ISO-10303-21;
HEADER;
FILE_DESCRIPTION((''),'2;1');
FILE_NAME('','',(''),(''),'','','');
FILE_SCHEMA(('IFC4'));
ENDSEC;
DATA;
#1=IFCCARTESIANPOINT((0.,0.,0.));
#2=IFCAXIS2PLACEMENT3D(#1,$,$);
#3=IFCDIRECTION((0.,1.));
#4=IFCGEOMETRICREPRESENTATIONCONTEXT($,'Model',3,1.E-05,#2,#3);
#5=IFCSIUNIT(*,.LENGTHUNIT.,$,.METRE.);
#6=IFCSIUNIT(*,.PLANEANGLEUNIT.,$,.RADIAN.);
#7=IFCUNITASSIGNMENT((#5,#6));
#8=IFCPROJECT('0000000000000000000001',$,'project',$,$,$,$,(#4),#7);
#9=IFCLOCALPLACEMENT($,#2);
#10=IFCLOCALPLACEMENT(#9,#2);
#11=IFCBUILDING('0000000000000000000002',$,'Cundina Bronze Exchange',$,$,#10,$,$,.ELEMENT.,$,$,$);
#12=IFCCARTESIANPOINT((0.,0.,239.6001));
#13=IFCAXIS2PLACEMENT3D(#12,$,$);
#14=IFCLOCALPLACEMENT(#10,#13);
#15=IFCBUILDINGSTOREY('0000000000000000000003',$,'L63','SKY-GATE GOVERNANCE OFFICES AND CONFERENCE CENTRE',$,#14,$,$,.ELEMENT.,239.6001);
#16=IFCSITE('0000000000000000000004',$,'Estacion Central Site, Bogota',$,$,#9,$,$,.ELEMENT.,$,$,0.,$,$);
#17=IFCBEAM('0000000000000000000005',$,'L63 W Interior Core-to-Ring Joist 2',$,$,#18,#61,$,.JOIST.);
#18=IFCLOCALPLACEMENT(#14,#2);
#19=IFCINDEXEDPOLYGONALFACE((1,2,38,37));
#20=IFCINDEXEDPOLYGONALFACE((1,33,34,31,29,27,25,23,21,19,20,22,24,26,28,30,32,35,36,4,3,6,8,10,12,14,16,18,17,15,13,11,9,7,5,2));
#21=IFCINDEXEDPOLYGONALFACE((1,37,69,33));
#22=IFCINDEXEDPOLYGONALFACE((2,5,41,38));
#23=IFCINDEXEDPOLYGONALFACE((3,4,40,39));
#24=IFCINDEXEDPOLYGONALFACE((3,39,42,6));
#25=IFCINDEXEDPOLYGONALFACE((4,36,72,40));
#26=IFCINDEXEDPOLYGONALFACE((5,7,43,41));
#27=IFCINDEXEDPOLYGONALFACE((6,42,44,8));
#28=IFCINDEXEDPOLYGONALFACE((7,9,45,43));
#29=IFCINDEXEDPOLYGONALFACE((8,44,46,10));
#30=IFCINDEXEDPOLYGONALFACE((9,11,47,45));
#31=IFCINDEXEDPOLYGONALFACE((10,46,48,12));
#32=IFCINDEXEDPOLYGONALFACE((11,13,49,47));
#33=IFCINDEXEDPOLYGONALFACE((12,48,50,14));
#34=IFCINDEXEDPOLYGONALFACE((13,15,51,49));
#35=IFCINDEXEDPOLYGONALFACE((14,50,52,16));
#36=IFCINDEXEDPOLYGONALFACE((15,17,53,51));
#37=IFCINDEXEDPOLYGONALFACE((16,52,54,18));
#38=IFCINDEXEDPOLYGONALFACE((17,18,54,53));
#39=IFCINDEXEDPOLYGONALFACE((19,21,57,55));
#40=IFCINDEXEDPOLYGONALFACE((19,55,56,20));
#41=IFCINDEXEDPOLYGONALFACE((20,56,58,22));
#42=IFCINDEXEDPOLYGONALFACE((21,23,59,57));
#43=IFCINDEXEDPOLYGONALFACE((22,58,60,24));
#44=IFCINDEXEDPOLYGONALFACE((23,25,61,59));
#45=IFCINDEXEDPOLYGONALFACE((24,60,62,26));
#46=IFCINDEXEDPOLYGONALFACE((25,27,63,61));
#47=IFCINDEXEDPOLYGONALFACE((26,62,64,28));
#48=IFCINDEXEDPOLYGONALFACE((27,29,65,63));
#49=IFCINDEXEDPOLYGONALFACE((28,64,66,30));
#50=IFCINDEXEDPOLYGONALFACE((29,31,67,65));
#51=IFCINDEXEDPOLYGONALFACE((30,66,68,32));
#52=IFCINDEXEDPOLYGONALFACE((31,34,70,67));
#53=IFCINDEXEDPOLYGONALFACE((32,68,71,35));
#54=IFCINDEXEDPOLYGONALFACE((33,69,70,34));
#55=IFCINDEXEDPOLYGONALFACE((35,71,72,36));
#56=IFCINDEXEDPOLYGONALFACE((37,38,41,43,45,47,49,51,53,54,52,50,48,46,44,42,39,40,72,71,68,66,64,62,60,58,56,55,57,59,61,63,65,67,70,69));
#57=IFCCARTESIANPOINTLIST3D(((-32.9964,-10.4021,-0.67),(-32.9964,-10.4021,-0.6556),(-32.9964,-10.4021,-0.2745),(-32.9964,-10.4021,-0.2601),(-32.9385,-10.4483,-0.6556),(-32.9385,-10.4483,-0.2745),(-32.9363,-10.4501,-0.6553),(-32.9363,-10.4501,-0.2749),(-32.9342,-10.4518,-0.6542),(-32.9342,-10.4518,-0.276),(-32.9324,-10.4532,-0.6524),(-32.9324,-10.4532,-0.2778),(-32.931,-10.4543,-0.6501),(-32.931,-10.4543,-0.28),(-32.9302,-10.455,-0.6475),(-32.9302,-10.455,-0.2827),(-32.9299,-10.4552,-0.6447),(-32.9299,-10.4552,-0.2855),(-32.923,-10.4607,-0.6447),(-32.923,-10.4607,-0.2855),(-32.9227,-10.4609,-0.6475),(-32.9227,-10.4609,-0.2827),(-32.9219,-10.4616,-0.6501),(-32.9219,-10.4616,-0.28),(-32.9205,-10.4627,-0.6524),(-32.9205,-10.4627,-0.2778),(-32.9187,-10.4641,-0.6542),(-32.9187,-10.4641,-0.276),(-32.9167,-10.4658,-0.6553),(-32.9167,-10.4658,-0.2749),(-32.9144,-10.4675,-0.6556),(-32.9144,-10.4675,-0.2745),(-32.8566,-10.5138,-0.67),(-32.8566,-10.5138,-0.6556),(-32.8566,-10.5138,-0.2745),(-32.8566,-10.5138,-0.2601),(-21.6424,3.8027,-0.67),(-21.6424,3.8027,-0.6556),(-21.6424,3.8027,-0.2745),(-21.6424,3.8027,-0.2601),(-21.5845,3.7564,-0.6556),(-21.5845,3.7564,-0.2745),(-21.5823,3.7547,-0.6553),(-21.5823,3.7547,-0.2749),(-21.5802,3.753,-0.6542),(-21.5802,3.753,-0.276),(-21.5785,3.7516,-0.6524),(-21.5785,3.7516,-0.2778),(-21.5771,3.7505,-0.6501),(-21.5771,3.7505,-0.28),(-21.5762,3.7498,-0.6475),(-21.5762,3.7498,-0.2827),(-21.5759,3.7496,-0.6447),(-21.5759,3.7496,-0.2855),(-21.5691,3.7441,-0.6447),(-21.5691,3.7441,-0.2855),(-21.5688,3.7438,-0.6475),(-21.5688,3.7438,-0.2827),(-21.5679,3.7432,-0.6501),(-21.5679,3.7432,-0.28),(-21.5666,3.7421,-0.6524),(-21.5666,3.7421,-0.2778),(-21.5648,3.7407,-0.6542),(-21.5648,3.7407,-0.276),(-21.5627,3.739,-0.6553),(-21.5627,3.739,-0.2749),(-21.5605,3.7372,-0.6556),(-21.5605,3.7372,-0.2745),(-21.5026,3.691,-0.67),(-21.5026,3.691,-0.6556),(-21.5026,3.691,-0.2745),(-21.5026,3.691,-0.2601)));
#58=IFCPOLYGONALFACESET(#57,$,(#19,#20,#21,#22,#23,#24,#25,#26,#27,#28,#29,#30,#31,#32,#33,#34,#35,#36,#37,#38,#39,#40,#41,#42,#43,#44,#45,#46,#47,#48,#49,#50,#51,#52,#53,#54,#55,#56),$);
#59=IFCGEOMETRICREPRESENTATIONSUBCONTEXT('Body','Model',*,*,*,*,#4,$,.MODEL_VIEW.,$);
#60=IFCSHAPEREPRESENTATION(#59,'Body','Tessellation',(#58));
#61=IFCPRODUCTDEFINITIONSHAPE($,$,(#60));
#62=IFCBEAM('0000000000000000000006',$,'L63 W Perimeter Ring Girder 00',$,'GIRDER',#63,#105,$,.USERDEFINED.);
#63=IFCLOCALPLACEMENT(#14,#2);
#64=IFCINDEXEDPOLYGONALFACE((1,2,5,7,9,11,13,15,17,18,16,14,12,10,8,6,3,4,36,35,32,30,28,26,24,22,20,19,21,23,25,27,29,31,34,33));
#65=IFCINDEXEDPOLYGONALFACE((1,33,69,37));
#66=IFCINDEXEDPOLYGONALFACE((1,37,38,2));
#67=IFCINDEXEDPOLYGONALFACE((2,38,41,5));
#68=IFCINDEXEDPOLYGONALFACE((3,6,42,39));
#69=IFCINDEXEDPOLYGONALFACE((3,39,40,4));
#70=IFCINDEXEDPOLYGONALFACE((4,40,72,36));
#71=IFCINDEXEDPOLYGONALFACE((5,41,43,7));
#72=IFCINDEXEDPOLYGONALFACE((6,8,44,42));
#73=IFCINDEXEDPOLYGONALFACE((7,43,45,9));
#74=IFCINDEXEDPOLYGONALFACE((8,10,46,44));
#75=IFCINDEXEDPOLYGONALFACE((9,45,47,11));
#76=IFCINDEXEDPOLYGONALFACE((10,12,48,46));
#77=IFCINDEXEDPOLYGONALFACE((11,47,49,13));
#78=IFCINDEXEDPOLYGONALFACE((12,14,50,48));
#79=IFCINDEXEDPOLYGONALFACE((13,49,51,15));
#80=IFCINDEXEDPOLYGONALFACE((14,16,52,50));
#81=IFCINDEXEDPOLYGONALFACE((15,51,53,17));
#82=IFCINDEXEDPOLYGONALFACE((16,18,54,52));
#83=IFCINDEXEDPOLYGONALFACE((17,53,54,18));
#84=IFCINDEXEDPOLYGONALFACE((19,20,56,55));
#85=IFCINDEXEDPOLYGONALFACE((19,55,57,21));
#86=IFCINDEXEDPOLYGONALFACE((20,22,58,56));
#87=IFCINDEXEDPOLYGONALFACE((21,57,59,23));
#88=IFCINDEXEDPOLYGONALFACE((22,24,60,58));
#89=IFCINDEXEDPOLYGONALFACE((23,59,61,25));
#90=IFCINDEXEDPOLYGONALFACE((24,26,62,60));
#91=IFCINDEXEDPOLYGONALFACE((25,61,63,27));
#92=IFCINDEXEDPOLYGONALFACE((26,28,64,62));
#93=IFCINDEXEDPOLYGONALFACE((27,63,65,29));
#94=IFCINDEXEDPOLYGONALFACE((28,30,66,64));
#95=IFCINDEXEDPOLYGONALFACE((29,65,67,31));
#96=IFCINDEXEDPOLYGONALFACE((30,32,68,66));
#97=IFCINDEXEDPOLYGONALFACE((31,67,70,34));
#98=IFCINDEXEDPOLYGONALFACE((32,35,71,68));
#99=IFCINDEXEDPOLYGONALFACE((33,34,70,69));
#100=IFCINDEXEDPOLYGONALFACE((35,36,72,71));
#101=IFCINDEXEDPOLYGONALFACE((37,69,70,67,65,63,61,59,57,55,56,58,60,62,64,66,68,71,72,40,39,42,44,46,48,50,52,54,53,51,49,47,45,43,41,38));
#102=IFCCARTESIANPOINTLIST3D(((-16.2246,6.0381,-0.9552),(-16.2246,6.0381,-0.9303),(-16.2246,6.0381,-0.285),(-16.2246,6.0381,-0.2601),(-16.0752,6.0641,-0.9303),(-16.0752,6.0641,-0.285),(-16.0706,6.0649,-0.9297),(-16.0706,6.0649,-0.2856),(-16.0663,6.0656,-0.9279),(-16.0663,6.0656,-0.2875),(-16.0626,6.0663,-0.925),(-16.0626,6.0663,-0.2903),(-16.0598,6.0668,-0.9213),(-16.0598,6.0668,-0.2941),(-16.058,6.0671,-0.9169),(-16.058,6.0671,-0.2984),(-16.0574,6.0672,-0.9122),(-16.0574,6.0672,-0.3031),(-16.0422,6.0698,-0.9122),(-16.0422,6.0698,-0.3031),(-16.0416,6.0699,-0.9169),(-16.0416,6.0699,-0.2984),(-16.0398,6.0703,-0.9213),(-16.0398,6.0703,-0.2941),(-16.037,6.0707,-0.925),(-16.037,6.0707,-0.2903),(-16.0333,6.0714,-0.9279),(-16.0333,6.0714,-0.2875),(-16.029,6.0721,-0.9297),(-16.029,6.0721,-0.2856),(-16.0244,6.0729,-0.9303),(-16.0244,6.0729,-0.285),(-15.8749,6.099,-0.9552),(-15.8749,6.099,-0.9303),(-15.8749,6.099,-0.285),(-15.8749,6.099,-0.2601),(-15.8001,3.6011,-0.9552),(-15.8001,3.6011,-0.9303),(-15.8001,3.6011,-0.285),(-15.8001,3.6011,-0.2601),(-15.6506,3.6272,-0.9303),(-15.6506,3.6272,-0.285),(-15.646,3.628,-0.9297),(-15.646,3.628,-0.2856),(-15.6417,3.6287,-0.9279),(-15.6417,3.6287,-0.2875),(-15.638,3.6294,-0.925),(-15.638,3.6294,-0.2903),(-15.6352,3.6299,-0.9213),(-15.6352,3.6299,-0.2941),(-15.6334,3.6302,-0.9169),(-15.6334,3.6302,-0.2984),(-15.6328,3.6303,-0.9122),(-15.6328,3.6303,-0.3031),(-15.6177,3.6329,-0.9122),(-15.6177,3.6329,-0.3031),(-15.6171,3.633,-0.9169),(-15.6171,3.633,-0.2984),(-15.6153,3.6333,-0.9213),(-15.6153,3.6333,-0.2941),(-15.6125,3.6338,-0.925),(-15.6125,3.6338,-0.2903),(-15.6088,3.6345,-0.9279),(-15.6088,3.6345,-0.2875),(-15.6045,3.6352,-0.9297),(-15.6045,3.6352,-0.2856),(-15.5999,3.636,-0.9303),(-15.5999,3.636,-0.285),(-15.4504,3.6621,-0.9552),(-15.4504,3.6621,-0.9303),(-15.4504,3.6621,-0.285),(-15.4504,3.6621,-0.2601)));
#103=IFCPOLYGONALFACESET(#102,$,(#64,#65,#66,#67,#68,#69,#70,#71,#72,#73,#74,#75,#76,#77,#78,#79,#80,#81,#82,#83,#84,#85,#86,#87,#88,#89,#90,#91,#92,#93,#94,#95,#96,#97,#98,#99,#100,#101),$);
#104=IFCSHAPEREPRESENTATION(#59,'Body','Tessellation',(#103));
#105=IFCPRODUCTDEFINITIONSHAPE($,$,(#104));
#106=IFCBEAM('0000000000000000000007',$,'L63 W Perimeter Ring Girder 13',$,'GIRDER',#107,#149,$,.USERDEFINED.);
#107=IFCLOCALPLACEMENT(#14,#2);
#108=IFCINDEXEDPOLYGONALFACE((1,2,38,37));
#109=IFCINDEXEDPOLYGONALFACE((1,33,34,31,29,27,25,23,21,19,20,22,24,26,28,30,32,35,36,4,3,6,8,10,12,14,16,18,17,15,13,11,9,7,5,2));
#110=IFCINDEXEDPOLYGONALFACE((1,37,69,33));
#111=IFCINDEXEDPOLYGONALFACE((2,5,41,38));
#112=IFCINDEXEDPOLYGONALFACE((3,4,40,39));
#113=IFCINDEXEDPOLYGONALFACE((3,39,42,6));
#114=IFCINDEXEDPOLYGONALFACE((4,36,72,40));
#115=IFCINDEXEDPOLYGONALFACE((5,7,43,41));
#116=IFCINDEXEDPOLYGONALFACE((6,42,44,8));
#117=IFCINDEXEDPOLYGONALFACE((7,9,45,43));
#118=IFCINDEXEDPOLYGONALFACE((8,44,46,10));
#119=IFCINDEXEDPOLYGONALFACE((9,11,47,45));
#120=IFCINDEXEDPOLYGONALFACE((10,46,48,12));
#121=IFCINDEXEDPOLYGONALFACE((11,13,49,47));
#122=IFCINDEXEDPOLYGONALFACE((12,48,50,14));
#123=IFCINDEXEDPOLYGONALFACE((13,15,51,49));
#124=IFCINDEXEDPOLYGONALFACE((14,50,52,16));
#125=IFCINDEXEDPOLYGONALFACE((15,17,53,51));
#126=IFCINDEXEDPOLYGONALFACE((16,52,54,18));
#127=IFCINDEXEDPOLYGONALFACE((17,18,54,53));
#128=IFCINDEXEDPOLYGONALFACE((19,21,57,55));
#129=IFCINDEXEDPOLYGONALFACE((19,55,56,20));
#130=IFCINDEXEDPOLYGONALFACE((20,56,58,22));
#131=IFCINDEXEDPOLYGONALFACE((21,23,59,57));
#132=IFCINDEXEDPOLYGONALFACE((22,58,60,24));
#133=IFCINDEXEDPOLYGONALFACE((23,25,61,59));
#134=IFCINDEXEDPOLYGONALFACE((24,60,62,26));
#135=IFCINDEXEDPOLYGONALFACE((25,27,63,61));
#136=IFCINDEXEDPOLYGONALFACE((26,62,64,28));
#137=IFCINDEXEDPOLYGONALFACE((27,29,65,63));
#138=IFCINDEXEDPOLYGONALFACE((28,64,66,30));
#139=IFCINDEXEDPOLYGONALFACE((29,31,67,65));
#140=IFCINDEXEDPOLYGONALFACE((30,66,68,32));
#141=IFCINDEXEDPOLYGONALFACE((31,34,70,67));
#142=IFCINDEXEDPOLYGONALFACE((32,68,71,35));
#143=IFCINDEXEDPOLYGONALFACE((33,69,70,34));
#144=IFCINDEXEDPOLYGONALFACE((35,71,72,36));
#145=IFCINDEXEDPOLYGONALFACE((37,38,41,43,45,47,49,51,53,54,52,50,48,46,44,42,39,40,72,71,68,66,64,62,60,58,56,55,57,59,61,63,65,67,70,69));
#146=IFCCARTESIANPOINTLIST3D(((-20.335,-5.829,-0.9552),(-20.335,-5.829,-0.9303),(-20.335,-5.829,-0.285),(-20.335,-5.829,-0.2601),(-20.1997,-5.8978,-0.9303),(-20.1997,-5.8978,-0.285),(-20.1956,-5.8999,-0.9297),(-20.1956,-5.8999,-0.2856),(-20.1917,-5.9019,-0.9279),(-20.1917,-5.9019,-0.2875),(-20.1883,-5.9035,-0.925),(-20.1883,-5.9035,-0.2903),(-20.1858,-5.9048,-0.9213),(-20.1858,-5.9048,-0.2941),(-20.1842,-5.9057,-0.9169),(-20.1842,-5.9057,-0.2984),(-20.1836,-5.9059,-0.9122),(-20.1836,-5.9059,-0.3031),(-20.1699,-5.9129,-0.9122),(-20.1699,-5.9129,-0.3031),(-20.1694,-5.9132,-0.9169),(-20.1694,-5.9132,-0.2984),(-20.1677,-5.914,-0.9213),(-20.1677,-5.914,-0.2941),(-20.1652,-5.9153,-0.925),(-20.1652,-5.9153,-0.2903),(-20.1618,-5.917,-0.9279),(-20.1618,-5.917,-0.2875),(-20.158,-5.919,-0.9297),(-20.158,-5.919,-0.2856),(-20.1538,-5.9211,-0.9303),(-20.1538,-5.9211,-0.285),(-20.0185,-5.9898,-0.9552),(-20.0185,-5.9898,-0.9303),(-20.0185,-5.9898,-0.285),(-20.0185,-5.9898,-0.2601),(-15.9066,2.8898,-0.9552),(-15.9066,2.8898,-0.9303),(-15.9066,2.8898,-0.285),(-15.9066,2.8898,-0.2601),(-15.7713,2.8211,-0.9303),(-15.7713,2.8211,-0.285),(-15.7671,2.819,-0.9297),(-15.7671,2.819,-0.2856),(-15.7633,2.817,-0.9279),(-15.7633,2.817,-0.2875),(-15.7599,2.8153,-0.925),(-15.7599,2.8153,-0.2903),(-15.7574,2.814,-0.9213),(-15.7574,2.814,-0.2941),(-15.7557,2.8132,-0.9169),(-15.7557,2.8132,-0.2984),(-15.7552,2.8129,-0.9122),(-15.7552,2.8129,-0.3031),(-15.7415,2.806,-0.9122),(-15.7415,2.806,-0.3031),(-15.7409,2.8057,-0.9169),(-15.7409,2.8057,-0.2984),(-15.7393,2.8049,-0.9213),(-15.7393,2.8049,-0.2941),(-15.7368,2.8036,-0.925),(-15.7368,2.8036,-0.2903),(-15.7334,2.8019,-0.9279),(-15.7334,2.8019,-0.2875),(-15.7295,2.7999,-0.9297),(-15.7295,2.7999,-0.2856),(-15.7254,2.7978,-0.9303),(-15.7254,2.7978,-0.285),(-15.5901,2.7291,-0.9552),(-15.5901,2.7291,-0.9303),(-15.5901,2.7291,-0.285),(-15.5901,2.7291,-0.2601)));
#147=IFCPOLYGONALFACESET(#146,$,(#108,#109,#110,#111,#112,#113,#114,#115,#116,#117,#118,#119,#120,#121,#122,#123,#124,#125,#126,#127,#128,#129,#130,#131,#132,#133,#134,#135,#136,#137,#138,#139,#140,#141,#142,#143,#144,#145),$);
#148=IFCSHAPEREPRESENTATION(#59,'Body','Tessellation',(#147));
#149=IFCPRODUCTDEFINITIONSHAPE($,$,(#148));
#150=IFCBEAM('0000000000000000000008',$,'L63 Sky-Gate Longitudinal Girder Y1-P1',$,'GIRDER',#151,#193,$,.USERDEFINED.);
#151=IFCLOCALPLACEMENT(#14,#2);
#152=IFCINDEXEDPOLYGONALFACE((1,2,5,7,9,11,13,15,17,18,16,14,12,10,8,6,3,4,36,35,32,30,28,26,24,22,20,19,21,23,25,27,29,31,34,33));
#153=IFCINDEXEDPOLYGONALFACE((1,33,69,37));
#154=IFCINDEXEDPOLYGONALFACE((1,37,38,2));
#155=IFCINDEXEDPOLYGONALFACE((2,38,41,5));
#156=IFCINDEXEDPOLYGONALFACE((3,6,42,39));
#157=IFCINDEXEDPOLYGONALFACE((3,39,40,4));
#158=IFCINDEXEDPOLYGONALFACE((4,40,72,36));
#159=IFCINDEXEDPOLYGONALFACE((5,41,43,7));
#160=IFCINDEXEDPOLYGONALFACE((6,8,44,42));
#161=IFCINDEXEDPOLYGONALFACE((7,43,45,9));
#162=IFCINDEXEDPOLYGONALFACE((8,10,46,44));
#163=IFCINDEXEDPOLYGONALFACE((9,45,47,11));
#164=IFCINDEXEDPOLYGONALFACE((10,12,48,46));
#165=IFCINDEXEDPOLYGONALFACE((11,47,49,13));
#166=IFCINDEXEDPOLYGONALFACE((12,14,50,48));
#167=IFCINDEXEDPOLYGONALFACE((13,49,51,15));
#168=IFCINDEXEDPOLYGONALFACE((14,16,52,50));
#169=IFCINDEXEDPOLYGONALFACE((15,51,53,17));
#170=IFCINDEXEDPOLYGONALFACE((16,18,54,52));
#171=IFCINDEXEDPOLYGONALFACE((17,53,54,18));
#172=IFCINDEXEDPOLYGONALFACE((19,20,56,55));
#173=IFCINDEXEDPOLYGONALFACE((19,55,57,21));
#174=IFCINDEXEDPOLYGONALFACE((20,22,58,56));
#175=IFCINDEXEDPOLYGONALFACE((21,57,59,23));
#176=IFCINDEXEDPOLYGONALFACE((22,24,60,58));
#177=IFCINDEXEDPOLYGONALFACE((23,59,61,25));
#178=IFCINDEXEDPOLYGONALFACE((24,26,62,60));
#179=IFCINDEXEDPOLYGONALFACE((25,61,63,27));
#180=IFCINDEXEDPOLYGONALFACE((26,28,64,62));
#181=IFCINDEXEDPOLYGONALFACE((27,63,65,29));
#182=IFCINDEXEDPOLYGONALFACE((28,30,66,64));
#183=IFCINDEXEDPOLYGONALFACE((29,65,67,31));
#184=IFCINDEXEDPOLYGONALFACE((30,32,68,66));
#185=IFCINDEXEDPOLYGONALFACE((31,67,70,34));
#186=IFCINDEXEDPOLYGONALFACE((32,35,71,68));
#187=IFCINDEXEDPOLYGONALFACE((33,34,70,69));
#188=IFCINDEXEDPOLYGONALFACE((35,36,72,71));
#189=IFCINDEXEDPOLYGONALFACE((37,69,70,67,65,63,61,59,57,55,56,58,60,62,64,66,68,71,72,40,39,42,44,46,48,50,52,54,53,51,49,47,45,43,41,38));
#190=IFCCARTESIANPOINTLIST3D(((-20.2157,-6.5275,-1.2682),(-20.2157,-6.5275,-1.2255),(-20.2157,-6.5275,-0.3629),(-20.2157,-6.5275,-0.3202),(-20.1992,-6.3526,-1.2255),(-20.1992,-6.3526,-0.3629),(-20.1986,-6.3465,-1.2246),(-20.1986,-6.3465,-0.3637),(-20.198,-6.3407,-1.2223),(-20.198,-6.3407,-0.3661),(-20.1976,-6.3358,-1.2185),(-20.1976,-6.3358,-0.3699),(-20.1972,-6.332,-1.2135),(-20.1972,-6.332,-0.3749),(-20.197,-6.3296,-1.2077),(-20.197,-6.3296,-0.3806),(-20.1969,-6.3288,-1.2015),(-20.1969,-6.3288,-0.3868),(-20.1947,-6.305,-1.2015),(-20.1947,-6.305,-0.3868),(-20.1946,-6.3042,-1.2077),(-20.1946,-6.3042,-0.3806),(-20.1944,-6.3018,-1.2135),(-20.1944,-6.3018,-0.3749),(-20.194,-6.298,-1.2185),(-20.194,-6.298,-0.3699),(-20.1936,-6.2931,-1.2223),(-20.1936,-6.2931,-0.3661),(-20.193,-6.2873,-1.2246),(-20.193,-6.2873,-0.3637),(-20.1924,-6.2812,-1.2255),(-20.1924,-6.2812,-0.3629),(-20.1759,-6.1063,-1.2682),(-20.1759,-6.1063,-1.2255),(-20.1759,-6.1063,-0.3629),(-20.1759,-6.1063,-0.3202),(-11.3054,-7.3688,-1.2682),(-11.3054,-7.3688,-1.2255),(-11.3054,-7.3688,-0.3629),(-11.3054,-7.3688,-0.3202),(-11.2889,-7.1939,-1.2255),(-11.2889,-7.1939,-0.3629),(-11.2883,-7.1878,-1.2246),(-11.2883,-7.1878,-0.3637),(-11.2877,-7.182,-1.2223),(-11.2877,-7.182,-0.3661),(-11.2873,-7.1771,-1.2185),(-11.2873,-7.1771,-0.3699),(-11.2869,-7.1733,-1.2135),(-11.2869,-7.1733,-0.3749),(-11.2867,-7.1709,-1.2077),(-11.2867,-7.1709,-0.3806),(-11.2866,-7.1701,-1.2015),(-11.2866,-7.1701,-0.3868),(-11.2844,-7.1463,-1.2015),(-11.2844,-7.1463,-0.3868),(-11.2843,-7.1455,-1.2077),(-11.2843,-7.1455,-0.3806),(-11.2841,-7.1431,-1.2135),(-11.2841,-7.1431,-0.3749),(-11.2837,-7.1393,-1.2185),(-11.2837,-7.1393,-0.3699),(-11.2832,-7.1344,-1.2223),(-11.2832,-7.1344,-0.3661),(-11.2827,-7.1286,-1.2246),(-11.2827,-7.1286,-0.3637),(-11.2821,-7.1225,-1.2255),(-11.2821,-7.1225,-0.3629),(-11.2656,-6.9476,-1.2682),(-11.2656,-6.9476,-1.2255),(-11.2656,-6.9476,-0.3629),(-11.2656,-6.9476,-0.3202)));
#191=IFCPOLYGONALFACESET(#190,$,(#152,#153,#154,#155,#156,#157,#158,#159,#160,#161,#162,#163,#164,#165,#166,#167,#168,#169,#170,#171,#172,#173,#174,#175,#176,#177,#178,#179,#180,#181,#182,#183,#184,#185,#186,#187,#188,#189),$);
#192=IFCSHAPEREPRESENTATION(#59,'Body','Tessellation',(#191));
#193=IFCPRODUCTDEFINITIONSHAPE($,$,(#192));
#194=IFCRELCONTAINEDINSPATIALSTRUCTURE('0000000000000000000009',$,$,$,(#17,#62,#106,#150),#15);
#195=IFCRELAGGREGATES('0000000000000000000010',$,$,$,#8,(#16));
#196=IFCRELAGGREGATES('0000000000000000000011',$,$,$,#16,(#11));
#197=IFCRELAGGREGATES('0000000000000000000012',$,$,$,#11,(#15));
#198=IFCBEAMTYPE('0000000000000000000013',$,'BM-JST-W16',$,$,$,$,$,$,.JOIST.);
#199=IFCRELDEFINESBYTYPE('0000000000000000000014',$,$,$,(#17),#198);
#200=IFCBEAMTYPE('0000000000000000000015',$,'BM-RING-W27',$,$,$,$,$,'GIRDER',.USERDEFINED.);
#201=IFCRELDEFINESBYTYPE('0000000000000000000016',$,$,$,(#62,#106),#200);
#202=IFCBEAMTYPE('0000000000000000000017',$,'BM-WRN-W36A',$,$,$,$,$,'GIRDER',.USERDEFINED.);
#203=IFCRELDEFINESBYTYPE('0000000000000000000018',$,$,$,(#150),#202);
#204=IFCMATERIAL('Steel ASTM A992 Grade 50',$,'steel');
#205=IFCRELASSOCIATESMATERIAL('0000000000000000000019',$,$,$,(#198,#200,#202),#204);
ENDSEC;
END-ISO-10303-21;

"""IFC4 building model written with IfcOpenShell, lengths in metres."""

from ifc_helpers import new_model, si_unit, direction, frame, origin, origin_2d, place, context, subcontext, project, spatial, i_section, extrude, material, material_profile, profile_set, type_object, element, save


model = new_model("IFC4")

# Units and contexts
model_context = context("Model", 3, precision=1e-05, world=origin(), true_north=direction((0.0, 1.0)))
body_context = subcontext(model_context, "Body", "Model", "MODEL_VIEW")
ifc_project = project(units=[si_unit("LENGTHUNIT", "METRE"), si_unit("PLANEANGLEUNIT", "RADIAN")], contexts=[model_context])

# Site, building, storey
site_placement = place(None, origin())
site = spatial("IfcSite", under=ifc_project, at=site_placement, Name="Estacion Central Site, Bogota", CompositionType="ELEMENT", RefElevation=0.0)
building_placement = place(site_placement, origin())
building = spatial("IfcBuilding", under=site, at=building_placement, Name="Cundina Bronze Exchange", CompositionType="ELEMENT")
storey_placement = place(building_placement, frame((0.0, 0.0, 239.6001)))
storey = spatial("IfcBuildingStorey", under=building, at=storey_placement, Name="L63", Description="SKY-GATE GOVERNANCE OFFICES AND CONFERENCE CENTRE", CompositionType="ELEMENT", Elevation=239.6001)

# Shared definitions
ifc_material_1 = material(Name="Steel ASTM A992 Grade 50", Category="steel")

# Beams
ifc_material_profile_1 = material_profile(ifc_material_1, i_section(OverallWidth=0.179, OverallDepth=0.4099, WebThickness=0.0088, FlangeThickness=0.0144, FilletRadius=0.011, at=origin_2d()), Name="W16X45", Category="steel")
ifc_profile_set_1 = profile_set([ifc_material_profile_1], Name="Steel ASTM A992 Grade 50")
beam_type_1 = type_object("IfcBeamType", Name="BM-JST-W16", PredefinedType="JOIST", material=ifc_profile_set_1)
beam_1_placement = place(storey_placement, frame((-21.5725, 3.7468, -0.4651), z_axis=(-0.624364, -0.781133, 0.0), x_axis=(0.781133, -0.624364, 0.0)))
element("IfcBeam", 1, at=beam_1_placement, inside=storey, type_object=beam_type_1, Name="L63 W Interior Core-to-Ring Joist 2", PredefinedType="JOIST", context=body_context, shape_type="SweptSolid", body=[
    extrude(i_section(OverallWidth=0.179, OverallDepth=0.4099, WebThickness=0.0088, FlangeThickness=0.0144, FilletRadius=0.011, at=origin_2d()), origin(), (0.0, 0.0, 1.0), 18.1848),
])
ifc_material_profile_2 = material_profile(ifc_material_1, i_section(OverallWidth=0.355, OverallDepth=0.6951, WebThickness=0.0154, FlangeThickness=0.0249, FilletRadius=0.0181, at=origin_2d()), Name="W27X146", Category="steel")
ifc_profile_set_2 = profile_set([ifc_material_profile_2], Name="Steel ASTM A992 Grade 50")
beam_type_2 = type_object("IfcBeamType", Name="BM-RING-W27", ElementType="GIRDER", PredefinedType="USERDEFINED", material=ifc_profile_set_2)
beam_2_placement = place(storey_placement, frame((-15.6252, 3.6316, -0.6077), z_axis=(-0.171629, 0.985162, 0.0), x_axis=(-0.985162, -0.171629, 0.0)))
element("IfcBeam", 2, at=beam_2_placement, inside=storey, type_object=beam_type_2, Name="L63 W Perimeter Ring Girder 00", ObjectType="GIRDER", PredefinedType="USERDEFINED", context=body_context, shape_type="SweptSolid", body=[
    extrude(i_section(OverallWidth=0.355, OverallDepth=0.6951, WebThickness=0.0154, FlangeThickness=0.0249, FilletRadius=0.0181, at=origin_2d()), origin(), (0.0, 0.0, 1.0), 2.4736),
])
beam_3_placement = place(storey_placement, frame((-20.1768, -5.9094, -0.6077), z_axis=(0.452847, 0.891588, 0.0), x_axis=(-0.891588, 0.452847, 0.0)))
element("IfcBeam", 3, at=beam_3_placement, inside=storey, type_object=beam_type_2, Name="L63 W Perimeter Ring Girder 13", ObjectType="GIRDER", PredefinedType="USERDEFINED", context=body_context, shape_type="SweptSolid", body=[
    extrude(i_section(OverallWidth=0.355, OverallDepth=0.6951, WebThickness=0.0154, FlangeThickness=0.0249, FilletRadius=0.0181, at=origin_2d()), origin(), (0.0, 0.0, 1.0), 9.7791),
])
ifc_material_profile_3 = material_profile(ifc_material_1, i_section(OverallWidth=0.4231, OverallDepth=0.948, WebThickness=0.0239, FlangeThickness=0.0427, FilletRadius=0.0239, at=origin_2d()), Name="W36X302", Category="steel")
ifc_profile_set_3 = profile_set([ifc_material_profile_3], Name="Steel ASTM A992 Grade 50")
beam_type_3 = type_object("IfcBeamType", Name="BM-WRN-W36A", ElementType="GIRDER", PredefinedType="USERDEFINED", material=ifc_profile_set_3)
beam_4_placement = place(storey_placement, frame((-20.1958, -6.3169, -0.7942), z_axis=(0.995572, -0.094001, 0.0), x_axis=(0.094001, 0.995572, 0.0)))
element("IfcBeam", 4, at=beam_4_placement, inside=storey, type_object=beam_type_3, Name="L63 Sky-Gate Longitudinal Girder Y1-P1", ObjectType="GIRDER", PredefinedType="USERDEFINED", context=body_context, shape_type="SweptSolid", body=[
    extrude(i_section(OverallWidth=0.4231, OverallDepth=0.948, WebThickness=0.0239, FlangeThickness=0.0427, FilletRadius=0.0239, at=origin_2d()), origin(), (0.0, 0.0, 1.0), 8.95),
])

save(model, "model.ifc")
